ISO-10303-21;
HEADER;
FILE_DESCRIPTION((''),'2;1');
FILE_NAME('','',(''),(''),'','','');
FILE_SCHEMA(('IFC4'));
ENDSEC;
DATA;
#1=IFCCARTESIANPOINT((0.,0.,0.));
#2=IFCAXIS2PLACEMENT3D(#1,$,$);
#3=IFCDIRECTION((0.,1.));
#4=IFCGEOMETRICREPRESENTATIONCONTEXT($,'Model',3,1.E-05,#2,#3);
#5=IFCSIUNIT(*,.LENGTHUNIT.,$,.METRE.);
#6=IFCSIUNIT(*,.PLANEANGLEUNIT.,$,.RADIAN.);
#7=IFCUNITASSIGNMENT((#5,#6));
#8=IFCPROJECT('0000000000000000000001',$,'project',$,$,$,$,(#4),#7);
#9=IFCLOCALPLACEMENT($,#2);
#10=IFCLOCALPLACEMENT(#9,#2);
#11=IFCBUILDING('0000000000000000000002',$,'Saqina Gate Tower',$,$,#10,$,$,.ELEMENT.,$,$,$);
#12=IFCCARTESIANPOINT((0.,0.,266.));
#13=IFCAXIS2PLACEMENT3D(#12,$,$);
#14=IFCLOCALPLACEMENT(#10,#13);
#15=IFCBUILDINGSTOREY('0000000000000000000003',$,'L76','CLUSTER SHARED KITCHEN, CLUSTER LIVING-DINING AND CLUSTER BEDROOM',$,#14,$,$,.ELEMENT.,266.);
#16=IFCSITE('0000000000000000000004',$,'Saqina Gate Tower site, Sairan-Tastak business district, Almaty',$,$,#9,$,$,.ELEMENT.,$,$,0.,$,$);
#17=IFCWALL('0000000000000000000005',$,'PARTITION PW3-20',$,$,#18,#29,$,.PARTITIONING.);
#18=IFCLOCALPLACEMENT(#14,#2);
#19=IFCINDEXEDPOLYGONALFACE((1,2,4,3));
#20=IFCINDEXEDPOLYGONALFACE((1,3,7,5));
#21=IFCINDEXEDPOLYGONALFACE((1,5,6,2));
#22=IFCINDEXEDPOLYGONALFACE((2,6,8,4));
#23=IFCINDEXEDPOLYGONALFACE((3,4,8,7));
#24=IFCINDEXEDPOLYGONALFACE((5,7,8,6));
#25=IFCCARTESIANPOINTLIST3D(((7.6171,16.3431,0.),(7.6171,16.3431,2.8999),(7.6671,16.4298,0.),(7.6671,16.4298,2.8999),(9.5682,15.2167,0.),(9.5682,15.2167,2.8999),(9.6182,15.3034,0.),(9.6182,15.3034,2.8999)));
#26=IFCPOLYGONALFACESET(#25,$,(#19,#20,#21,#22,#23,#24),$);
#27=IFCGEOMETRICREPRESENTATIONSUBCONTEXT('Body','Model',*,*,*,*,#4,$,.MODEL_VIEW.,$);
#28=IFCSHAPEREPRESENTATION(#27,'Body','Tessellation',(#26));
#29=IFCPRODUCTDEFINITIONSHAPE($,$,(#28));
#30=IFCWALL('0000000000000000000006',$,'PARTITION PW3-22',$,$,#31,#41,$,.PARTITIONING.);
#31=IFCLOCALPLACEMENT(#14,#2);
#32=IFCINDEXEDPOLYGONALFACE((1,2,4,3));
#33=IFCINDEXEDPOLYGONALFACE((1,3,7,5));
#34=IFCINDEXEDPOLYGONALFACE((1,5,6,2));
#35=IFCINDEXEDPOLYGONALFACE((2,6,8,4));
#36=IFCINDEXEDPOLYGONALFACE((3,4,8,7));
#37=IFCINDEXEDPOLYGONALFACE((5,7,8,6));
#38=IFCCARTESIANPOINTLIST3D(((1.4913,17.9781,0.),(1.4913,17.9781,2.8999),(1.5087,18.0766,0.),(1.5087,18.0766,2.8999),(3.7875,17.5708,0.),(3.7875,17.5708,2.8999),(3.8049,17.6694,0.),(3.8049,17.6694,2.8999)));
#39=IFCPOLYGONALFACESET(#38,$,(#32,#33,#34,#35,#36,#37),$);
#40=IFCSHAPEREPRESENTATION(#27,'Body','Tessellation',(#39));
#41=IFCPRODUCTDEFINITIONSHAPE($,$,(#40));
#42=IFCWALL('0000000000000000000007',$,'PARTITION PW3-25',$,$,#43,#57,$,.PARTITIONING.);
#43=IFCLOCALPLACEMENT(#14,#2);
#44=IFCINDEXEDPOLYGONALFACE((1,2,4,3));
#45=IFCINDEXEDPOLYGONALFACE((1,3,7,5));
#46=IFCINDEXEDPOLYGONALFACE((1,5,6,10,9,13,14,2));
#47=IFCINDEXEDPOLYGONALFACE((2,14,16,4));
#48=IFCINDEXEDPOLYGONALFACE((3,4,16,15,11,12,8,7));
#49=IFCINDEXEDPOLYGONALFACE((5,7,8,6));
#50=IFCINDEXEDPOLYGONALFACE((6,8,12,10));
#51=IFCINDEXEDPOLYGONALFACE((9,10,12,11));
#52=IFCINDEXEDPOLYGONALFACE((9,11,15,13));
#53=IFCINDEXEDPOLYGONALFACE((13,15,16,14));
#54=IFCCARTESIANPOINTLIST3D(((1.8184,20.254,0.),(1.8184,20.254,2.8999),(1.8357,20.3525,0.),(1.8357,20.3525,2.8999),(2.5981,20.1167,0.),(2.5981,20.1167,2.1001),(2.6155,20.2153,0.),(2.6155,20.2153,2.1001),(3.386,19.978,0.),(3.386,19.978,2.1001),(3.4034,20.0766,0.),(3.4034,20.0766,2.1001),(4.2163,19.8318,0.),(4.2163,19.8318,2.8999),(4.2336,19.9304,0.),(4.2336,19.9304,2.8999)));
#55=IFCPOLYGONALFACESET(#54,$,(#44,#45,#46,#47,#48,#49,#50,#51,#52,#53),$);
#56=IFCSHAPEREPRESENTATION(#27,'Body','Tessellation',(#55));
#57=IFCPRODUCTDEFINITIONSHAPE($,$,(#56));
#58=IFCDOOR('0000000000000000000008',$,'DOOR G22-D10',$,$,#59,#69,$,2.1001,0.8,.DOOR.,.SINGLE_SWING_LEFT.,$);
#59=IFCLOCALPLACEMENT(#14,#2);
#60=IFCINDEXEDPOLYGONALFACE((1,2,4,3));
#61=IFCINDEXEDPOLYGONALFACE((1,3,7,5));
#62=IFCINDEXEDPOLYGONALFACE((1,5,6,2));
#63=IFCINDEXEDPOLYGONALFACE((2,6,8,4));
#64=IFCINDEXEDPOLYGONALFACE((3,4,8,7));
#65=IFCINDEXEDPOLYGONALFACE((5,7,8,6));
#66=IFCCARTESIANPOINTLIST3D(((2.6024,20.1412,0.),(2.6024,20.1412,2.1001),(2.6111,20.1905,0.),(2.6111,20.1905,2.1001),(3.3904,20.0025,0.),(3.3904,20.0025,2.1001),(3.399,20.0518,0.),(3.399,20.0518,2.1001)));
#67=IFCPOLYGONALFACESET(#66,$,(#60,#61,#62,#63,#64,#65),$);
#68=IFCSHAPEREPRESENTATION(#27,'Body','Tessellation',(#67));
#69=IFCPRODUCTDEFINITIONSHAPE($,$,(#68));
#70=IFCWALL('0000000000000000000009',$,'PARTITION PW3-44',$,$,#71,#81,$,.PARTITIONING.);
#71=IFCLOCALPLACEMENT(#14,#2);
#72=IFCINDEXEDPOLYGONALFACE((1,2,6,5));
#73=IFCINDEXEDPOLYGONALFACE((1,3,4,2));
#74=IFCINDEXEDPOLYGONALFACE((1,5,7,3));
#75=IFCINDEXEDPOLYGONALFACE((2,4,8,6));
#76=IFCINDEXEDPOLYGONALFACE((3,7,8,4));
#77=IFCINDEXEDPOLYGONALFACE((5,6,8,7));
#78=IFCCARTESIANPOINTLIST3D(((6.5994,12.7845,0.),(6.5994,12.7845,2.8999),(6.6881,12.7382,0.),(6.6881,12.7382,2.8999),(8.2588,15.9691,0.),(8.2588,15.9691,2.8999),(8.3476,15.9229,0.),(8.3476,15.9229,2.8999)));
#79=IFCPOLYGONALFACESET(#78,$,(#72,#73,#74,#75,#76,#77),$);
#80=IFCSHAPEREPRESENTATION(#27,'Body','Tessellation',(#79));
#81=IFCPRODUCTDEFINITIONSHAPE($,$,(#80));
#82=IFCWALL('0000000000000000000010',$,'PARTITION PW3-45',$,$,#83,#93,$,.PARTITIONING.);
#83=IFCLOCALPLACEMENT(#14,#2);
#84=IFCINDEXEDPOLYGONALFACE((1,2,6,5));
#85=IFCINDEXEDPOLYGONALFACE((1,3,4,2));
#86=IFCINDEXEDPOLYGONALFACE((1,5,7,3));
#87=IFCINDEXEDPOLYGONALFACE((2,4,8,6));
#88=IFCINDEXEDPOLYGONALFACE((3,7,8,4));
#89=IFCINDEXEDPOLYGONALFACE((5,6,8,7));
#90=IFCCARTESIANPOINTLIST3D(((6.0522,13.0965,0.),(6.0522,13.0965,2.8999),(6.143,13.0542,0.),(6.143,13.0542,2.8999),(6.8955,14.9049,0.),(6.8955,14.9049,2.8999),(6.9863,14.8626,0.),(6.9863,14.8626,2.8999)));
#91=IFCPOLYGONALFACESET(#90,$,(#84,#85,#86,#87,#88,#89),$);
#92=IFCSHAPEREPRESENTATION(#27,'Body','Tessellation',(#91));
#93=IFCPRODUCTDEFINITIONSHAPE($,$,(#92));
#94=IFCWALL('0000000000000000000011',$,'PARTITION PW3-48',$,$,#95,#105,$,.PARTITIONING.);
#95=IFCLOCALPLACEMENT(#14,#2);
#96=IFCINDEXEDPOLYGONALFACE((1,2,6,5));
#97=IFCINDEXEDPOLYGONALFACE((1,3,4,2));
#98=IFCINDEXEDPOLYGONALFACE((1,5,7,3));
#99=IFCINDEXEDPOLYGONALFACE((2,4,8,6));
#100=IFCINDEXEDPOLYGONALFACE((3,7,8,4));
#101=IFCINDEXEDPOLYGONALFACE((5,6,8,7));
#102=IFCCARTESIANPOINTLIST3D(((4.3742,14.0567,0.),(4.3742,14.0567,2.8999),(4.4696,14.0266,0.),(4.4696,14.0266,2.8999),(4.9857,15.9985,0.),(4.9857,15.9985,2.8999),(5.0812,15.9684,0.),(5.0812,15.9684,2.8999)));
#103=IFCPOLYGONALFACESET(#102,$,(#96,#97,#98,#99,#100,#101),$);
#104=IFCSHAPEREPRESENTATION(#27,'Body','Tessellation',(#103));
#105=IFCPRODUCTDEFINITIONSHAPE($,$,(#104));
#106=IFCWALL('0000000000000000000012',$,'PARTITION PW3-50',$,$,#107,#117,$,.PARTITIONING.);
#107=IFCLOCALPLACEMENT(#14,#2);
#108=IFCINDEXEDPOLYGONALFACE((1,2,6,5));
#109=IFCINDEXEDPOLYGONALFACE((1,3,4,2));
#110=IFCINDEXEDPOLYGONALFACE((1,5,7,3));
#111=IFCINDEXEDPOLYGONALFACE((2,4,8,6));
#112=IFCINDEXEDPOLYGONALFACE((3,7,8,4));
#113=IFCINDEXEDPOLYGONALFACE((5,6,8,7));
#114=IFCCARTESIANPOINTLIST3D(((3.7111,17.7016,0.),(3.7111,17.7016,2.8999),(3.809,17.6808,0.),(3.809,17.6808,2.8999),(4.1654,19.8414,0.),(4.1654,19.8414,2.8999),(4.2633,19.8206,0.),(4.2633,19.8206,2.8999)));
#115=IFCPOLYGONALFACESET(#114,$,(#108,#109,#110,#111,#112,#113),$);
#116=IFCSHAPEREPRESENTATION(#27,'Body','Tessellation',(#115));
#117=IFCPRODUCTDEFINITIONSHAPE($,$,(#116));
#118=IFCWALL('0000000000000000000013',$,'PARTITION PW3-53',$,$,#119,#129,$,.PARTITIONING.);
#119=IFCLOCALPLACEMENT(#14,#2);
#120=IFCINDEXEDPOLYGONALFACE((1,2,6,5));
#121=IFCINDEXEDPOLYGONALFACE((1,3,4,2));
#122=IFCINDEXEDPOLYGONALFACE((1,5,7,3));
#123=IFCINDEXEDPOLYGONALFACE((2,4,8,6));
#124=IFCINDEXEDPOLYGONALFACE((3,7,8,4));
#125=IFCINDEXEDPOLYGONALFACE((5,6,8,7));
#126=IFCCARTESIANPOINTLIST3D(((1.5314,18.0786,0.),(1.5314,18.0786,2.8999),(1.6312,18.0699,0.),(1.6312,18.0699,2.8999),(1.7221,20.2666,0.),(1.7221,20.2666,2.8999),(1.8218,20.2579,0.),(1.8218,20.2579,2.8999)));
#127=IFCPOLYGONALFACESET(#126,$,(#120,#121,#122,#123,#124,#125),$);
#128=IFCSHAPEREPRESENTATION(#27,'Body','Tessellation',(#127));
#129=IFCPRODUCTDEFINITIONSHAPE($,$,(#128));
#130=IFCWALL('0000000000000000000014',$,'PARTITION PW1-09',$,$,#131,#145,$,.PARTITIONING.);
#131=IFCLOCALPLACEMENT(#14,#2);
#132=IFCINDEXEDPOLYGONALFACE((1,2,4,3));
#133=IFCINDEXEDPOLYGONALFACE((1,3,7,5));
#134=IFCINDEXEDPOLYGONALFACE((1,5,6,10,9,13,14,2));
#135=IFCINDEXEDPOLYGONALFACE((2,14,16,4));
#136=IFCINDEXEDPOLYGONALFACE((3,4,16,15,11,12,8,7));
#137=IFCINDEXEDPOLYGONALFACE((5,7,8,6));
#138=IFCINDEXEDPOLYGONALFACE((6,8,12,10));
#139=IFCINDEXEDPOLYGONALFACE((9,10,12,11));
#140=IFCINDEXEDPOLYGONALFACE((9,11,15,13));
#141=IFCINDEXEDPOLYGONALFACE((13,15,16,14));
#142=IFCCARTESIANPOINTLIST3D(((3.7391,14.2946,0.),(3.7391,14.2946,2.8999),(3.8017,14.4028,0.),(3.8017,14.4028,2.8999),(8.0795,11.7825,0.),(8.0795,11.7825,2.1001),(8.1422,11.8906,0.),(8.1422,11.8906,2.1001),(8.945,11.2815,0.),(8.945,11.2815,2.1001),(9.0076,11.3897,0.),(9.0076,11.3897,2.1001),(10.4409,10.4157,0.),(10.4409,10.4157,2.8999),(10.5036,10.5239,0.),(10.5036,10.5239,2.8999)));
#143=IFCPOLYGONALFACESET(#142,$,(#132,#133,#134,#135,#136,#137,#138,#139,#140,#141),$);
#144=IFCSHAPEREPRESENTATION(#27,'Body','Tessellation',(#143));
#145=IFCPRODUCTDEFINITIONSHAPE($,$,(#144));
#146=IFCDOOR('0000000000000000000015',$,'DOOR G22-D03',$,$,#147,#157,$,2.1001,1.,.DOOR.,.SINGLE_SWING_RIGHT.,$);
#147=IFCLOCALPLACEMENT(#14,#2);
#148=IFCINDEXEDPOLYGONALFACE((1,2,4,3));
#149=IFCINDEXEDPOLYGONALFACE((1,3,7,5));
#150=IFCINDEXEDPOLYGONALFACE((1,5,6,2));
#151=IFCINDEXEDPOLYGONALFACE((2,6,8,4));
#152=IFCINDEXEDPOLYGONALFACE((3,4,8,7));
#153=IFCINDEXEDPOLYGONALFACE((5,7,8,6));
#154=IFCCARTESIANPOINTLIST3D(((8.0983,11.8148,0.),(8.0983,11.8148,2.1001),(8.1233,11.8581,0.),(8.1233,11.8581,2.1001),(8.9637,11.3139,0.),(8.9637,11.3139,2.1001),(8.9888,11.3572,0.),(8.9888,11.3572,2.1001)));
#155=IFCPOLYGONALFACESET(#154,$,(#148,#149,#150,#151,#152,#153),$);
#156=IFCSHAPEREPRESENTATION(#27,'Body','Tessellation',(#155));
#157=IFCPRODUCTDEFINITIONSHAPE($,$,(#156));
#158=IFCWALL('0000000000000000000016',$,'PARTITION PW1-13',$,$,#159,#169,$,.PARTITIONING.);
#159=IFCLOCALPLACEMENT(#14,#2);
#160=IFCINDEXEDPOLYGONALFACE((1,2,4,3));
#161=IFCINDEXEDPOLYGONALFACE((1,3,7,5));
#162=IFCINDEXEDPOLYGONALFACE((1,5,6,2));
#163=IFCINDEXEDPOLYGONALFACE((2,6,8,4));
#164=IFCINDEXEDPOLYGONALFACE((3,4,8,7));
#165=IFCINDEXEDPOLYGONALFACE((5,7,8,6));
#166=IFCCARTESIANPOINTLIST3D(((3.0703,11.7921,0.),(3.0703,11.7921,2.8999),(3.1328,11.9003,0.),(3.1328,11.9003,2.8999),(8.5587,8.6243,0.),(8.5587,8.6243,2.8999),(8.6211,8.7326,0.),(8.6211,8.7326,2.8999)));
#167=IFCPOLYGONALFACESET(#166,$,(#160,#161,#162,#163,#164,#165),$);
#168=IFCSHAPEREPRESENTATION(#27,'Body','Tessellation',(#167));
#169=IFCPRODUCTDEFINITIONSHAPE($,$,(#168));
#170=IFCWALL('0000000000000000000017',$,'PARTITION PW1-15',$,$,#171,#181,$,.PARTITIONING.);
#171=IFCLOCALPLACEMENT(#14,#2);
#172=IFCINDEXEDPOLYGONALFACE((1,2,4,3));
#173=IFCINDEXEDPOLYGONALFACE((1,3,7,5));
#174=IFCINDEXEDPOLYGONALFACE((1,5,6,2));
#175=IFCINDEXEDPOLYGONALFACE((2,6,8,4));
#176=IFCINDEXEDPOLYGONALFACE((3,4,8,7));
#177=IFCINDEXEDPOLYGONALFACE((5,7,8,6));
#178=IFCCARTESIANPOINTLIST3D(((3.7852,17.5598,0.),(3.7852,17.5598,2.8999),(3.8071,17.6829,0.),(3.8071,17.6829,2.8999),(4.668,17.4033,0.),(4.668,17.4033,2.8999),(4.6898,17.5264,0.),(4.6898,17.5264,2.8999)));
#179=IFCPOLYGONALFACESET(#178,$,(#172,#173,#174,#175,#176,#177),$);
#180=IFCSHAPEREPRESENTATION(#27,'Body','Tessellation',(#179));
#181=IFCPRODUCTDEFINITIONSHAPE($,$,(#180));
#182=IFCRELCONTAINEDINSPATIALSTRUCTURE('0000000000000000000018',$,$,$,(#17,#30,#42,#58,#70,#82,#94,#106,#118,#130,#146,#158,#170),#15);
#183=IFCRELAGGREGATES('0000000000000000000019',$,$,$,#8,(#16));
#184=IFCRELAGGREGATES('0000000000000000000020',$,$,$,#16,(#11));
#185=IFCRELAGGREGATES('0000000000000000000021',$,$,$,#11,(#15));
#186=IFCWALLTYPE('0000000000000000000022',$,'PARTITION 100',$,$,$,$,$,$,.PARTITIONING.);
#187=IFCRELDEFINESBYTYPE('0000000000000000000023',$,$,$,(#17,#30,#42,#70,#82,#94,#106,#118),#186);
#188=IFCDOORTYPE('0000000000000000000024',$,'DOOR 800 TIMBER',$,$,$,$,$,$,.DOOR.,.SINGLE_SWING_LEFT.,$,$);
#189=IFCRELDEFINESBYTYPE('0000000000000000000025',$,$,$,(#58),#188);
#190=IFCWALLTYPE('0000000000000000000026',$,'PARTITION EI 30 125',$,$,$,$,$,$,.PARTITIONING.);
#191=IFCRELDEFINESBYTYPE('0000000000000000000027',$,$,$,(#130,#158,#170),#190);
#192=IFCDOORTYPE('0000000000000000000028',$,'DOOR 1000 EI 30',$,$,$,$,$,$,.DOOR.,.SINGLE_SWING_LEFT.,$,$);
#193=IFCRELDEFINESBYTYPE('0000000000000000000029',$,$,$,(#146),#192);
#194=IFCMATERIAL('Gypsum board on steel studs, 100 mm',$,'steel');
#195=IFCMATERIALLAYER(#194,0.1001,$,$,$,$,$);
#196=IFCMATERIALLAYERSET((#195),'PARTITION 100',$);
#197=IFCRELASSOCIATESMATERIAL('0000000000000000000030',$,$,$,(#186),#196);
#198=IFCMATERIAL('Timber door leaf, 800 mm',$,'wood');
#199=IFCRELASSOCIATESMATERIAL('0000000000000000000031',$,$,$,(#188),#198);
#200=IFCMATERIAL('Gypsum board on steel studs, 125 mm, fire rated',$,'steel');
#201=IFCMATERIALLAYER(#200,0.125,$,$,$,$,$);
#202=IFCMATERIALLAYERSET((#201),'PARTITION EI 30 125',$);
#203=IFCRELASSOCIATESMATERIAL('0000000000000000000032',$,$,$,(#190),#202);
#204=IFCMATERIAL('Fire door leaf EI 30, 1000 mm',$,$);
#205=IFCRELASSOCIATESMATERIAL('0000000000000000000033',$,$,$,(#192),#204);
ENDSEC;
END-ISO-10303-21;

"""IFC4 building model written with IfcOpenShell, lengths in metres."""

from ifc_helpers import new_model, si_unit, direction, frame, frame_2d, origin, place, context, subcontext, project, spatial, rectangle, extrude, material, layer, layer_set, type_object, element, fill, save


model = new_model("IFC4")

# Units and contexts
model_context = context("Model", 3, precision=1e-05, world=origin(), true_north=direction((0.0, 1.0)))
body_context = subcontext(model_context, "Body", "Model", "MODEL_VIEW")
ifc_project = project(units=[si_unit("LENGTHUNIT", "METRE"), si_unit("PLANEANGLEUNIT", "RADIAN")], contexts=[model_context])

# Site, building, storey
site_placement = place(None, origin())
site = spatial("IfcSite", under=ifc_project, at=site_placement, Name="Saqina Gate Tower site, Sairan-Tastak business district, Almaty", CompositionType="ELEMENT", RefElevation=0.0)
building_placement = place(site_placement, origin())
building = spatial("IfcBuilding", under=site, at=building_placement, Name="Saqina Gate Tower", CompositionType="ELEMENT")
storey_placement = place(building_placement, frame((0.0, 0.0, 266.0)))
storey = spatial("IfcBuildingStorey", under=building, at=storey_placement, Name="L76", Description="CLUSTER SHARED KITCHEN, CLUSTER LIVING-DINING AND CLUSTER BEDROOM", CompositionType="ELEMENT", Elevation=266.0)

# Shared definitions
ifc_material_1 = material(Name="Gypsum board on steel studs, 100 mm", Category="steel")
ifc_layer_1 = layer(ifc_material_1, 0.1001)
ifc_layer_set_1 = layer_set([ifc_layer_1], Name="PARTITION 100")
wall_type_1 = type_object("IfcWallType", Name="PARTITION 100", PredefinedType="PARTITIONING", material=ifc_layer_set_1)
ifc_material_2 = material(Name="Timber door leaf, 800 mm", Category="wood")
door_type_1 = type_object("IfcDoorType", Name="DOOR 800 TIMBER", OperationType="SINGLE_SWING_LEFT", PredefinedType="DOOR", material=ifc_material_2)

# Walls
wall_1_placement = place(storey_placement, frame((7.6421, 16.3865, 0.0), z_axis=(0.0, 0.0, 1.0), x_axis=(0.866034, -0.499985, 0.0)))
element("IfcWall", 1, at=wall_1_placement, inside=storey, type_object=wall_type_1, Name="PARTITION PW3-20", PredefinedType="PARTITIONING", context=body_context, shape_type="SweptSolid", body=[
    extrude(rectangle(XDim=2.2529, YDim=0.1001, at=frame_2d((1.1265, 0.0))), origin(), (0.0, 0.0, 1.0), 2.8999),
])
wall_2_placement = place(storey_placement, frame((1.5, 18.0273, 0.0), z_axis=(0.0, 0.0, 1.0), x_axis=(0.984635, -0.174627, 0.0)))
element("IfcWall", 2, at=wall_2_placement, inside=storey, type_object=wall_type_1, Name="PARTITION PW3-22", PredefinedType="PARTITIONING", context=body_context, shape_type="SweptSolid", body=[
    extrude(rectangle(XDim=2.332, YDim=0.1001, at=frame_2d((1.166, 0.0))), origin(), (0.0, 0.0, 1.0), 2.8999),
])

# Wall, opening, door
wall_3_placement = place(storey_placement, frame((1.8271, 20.3032, 0.0), z_axis=(0.0, 0.0, 1.0), x_axis=(0.984857, -0.173368, 0.0)))
wall_3 = element("IfcWall", 3, at=wall_3_placement, inside=storey, type_object=wall_type_1, Name="PARTITION PW3-25", PredefinedType="PARTITIONING", context=body_context, shape_type="SweptSolid", body=[
    extrude(rectangle(XDim=2.4348, YDim=0.1001, at=frame_2d((1.2173, 0.0))), origin(), (0.0, 0.0, 1.0), 2.8999),
])
opening_1_placement = place(wall_3_placement, frame((0.7917, 0.0, 0.0)))
opening_1 = element("IfcOpeningElement", 4, at=opening_1_placement, cuts=wall_3, PredefinedType="OPENING", context=body_context, shape_type="SweptSolid", body=[
    extrude(rectangle(XDim=0.8, YDim=2.1001, at=frame_2d((0.3999, 1.05))), frame((0.0, 0.062, 0.0), z_axis=(0.0, -1.0, 0.0), x_axis=(1.0, 0.0, 0.0)), (0.0, 0.0, 1.0), 0.124),
])
door_1_placement = place(opening_1_placement, origin())
door_1 = element("IfcDoor", 5, at=door_1_placement, inside=storey, type_object=door_type_1, Name="DOOR G22-D10", OperationType="SINGLE_SWING_LEFT", OverallHeight=2.1001, OverallWidth=0.8, PredefinedType="DOOR", context=body_context, shape_type="SweptSolid", body=[
    extrude(rectangle(XDim=0.8, YDim=2.1001, at=frame_2d((0.3999, 1.05))), frame((0.0, 0.0249, 0.0), z_axis=(0.0, -1.0, 0.0), x_axis=(1.0, 0.0, 0.0)), (0.0, 0.0, 1.0), 0.05),
])
fill(opening_1, door_1)

# Walls
wall_4_placement = place(storey_placement, frame((6.6438, 12.7615, 0.0), z_axis=(0.0, 0.0, 1.0), x_axis=(0.462108, 0.886824, 0.0)))
element("IfcWall", 6, at=wall_4_placement, inside=storey, type_object=wall_type_1, Name="PARTITION PW3-44", PredefinedType="PARTITIONING", context=body_context, shape_type="SweptSolid", body=[
    extrude(rectangle(XDim=3.5911, YDim=0.1001, at=frame_2d((1.7954, 0.0))), origin(), (0.0, 0.0, 1.0), 2.8999),
])
wall_5_placement = place(storey_placement, frame((6.0977, 13.0754, 0.0), z_axis=(0.0, 0.0, 1.0), x_axis=(0.422624, 0.906305, 0.0)))
element("IfcWall", 7, at=wall_5_placement, inside=storey, type_object=wall_type_1, Name="PARTITION PW3-45", PredefinedType="PARTITIONING", context=body_context, shape_type="SweptSolid", body=[
    extrude(rectangle(XDim=1.9954, YDim=0.1001, at=frame_2d((0.9976, 0.0))), origin(), (0.0, 0.0, 1.0), 2.8999),
])
wall_6_placement = place(storey_placement, frame((4.4219, 14.0415, 0.0), z_axis=(0.0, 0.0, 1.0), x_axis=(0.300391, 0.953816, 0.0)))
element("IfcWall", 8, at=wall_6_placement, inside=storey, type_object=wall_type_1, Name="PARTITION PW3-48", PredefinedType="PARTITIONING", context=body_context, shape_type="SweptSolid", body=[
    extrude(rectangle(XDim=2.0359, YDim=0.1001, at=frame_2d((1.0181, 0.0))), origin(), (0.0, 0.0, 1.0), 2.8999),
])
wall_7_placement = place(storey_placement, frame((3.76, 17.6912, 0.0), z_axis=(0.0, 0.0, 1.0), x_axis=(0.207692, 0.978194, 0.0)))
element("IfcWall", 9, at=wall_7_placement, inside=storey, type_object=wall_type_1, Name="PARTITION PW3-50", PredefinedType="PARTITIONING", context=body_context, shape_type="SweptSolid", body=[
    extrude(rectangle(XDim=2.1875, YDim=0.1001, at=frame_2d((1.0938, 0.0))), origin(), (0.0, 0.0, 1.0), 2.8999),
])
wall_8_placement = place(storey_placement, frame((1.5813, 18.0742, 0.0), z_axis=(0.0, 0.0, 1.0), x_axis=(0.086817, 0.996224, 0.0)))
element("IfcWall", 10, at=wall_8_placement, inside=storey, type_object=wall_type_1, Name="PARTITION PW3-53", PredefinedType="PARTITIONING", context=body_context, shape_type="SweptSolid", body=[
    extrude(rectangle(XDim=2.1963, YDim=0.1001, at=frame_2d((1.0981, 0.0))), origin(), (0.0, 0.0, 1.0), 2.8999),
])

# Wall, opening, door
ifc_material_3 = material(Name="Gypsum board on steel studs, 125 mm, fire rated", Category="steel")
ifc_layer_2 = layer(ifc_material_3, 0.125)
ifc_layer_set_2 = layer_set([ifc_layer_2], Name="PARTITION EI 30 125")
wall_type_2 = type_object("IfcWallType", Name="PARTITION EI 30 125", PredefinedType="PARTITIONING", material=ifc_layer_set_2)
wall_9_placement = place(storey_placement, frame((3.7705, 14.3486, 0.0), z_axis=(0.0, 0.0, 1.0), x_axis=(0.86549, -0.500926, 0.0)))
wall_9 = element("IfcWall", 11, at=wall_9_placement, inside=storey, type_object=wall_type_2, Name="PARTITION PW1-09", PredefinedType="PARTITIONING", context=body_context, shape_type="SweptSolid", body=[
    extrude(rectangle(XDim=7.7434, YDim=0.125, at=frame_2d((3.8716, 0.0))), origin(), (0.0, 0.0, 1.0), 2.8999),
])
opening_2_placement = place(wall_9_placement, frame((5.0149, 0.0, 0.0)))
opening_2 = element("IfcOpeningElement", 12, at=opening_2_placement, cuts=wall_9, PredefinedType="OPENING", context=body_context, shape_type="SweptSolid", body=[
    extrude(rectangle(XDim=1.0, YDim=2.1001, at=frame_2d((0.5, 1.05))), frame((0.0, 0.0745, 0.0), z_axis=(0.0, -1.0, 0.0), x_axis=(1.0, 0.0, 0.0)), (0.0, 0.0, 1.0), 0.1489),
])
ifc_material_4 = material(Name="Fire door leaf EI 30, 1000 mm")
door_type_2 = type_object("IfcDoorType", Name="DOOR 1000 EI 30", OperationType="SINGLE_SWING_LEFT", PredefinedType="DOOR", material=ifc_material_4)
door_2_placement = place(opening_2_placement, origin())
door_2 = element("IfcDoor", 13, at=door_2_placement, inside=storey, type_object=door_type_2, Name="DOOR G22-D03", OperationType="SINGLE_SWING_RIGHT", OverallHeight=2.1001, OverallWidth=1.0, PredefinedType="DOOR", context=body_context, shape_type="SweptSolid", body=[
    extrude(rectangle(XDim=1.0, YDim=2.1001, at=frame_2d((0.5, 1.05))), frame((0.0, 0.0249, 0.0), z_axis=(0.0, -1.0, 0.0), x_axis=(1.0, 0.0, 0.0)), (0.0, 0.0, 1.0), 0.05),
])
fill(opening_2, door_2)

# Walls
wall_10_placement = place(storey_placement, frame((3.1016, 11.8462, 0.0), z_axis=(0.0, 0.0, 1.0), x_axis=(0.866089, -0.499889, 0.0)))
element("IfcWall", 14, at=wall_10_placement, inside=storey, type_object=wall_type_2, Name="PARTITION PW1-13", PredefinedType="PARTITIONING", context=body_context, shape_type="SweptSolid", body=[
    extrude(rectangle(XDim=6.3369, YDim=0.125, at=frame_2d((3.1685, 0.0))), origin(), (0.0, 0.0, 1.0), 2.8999),
])
wall_11_placement = place(storey_placement, frame((3.7961, 17.6213, 0.0), z_axis=(0.0, 0.0, 1.0), x_axis=(0.984649, -0.174546, 0.0)))
element("IfcWall", 15, at=wall_11_placement, inside=storey, type_object=wall_type_2, Name="PARTITION PW1-15", PredefinedType="PARTITIONING", context=body_context, shape_type="SweptSolid", body=[
    extrude(rectangle(XDim=0.8965, YDim=0.125, at=frame_2d((0.4482, 0.0))), origin(), (0.0, 0.0, 1.0), 2.8999),
])

save(model, "model.ifc")
